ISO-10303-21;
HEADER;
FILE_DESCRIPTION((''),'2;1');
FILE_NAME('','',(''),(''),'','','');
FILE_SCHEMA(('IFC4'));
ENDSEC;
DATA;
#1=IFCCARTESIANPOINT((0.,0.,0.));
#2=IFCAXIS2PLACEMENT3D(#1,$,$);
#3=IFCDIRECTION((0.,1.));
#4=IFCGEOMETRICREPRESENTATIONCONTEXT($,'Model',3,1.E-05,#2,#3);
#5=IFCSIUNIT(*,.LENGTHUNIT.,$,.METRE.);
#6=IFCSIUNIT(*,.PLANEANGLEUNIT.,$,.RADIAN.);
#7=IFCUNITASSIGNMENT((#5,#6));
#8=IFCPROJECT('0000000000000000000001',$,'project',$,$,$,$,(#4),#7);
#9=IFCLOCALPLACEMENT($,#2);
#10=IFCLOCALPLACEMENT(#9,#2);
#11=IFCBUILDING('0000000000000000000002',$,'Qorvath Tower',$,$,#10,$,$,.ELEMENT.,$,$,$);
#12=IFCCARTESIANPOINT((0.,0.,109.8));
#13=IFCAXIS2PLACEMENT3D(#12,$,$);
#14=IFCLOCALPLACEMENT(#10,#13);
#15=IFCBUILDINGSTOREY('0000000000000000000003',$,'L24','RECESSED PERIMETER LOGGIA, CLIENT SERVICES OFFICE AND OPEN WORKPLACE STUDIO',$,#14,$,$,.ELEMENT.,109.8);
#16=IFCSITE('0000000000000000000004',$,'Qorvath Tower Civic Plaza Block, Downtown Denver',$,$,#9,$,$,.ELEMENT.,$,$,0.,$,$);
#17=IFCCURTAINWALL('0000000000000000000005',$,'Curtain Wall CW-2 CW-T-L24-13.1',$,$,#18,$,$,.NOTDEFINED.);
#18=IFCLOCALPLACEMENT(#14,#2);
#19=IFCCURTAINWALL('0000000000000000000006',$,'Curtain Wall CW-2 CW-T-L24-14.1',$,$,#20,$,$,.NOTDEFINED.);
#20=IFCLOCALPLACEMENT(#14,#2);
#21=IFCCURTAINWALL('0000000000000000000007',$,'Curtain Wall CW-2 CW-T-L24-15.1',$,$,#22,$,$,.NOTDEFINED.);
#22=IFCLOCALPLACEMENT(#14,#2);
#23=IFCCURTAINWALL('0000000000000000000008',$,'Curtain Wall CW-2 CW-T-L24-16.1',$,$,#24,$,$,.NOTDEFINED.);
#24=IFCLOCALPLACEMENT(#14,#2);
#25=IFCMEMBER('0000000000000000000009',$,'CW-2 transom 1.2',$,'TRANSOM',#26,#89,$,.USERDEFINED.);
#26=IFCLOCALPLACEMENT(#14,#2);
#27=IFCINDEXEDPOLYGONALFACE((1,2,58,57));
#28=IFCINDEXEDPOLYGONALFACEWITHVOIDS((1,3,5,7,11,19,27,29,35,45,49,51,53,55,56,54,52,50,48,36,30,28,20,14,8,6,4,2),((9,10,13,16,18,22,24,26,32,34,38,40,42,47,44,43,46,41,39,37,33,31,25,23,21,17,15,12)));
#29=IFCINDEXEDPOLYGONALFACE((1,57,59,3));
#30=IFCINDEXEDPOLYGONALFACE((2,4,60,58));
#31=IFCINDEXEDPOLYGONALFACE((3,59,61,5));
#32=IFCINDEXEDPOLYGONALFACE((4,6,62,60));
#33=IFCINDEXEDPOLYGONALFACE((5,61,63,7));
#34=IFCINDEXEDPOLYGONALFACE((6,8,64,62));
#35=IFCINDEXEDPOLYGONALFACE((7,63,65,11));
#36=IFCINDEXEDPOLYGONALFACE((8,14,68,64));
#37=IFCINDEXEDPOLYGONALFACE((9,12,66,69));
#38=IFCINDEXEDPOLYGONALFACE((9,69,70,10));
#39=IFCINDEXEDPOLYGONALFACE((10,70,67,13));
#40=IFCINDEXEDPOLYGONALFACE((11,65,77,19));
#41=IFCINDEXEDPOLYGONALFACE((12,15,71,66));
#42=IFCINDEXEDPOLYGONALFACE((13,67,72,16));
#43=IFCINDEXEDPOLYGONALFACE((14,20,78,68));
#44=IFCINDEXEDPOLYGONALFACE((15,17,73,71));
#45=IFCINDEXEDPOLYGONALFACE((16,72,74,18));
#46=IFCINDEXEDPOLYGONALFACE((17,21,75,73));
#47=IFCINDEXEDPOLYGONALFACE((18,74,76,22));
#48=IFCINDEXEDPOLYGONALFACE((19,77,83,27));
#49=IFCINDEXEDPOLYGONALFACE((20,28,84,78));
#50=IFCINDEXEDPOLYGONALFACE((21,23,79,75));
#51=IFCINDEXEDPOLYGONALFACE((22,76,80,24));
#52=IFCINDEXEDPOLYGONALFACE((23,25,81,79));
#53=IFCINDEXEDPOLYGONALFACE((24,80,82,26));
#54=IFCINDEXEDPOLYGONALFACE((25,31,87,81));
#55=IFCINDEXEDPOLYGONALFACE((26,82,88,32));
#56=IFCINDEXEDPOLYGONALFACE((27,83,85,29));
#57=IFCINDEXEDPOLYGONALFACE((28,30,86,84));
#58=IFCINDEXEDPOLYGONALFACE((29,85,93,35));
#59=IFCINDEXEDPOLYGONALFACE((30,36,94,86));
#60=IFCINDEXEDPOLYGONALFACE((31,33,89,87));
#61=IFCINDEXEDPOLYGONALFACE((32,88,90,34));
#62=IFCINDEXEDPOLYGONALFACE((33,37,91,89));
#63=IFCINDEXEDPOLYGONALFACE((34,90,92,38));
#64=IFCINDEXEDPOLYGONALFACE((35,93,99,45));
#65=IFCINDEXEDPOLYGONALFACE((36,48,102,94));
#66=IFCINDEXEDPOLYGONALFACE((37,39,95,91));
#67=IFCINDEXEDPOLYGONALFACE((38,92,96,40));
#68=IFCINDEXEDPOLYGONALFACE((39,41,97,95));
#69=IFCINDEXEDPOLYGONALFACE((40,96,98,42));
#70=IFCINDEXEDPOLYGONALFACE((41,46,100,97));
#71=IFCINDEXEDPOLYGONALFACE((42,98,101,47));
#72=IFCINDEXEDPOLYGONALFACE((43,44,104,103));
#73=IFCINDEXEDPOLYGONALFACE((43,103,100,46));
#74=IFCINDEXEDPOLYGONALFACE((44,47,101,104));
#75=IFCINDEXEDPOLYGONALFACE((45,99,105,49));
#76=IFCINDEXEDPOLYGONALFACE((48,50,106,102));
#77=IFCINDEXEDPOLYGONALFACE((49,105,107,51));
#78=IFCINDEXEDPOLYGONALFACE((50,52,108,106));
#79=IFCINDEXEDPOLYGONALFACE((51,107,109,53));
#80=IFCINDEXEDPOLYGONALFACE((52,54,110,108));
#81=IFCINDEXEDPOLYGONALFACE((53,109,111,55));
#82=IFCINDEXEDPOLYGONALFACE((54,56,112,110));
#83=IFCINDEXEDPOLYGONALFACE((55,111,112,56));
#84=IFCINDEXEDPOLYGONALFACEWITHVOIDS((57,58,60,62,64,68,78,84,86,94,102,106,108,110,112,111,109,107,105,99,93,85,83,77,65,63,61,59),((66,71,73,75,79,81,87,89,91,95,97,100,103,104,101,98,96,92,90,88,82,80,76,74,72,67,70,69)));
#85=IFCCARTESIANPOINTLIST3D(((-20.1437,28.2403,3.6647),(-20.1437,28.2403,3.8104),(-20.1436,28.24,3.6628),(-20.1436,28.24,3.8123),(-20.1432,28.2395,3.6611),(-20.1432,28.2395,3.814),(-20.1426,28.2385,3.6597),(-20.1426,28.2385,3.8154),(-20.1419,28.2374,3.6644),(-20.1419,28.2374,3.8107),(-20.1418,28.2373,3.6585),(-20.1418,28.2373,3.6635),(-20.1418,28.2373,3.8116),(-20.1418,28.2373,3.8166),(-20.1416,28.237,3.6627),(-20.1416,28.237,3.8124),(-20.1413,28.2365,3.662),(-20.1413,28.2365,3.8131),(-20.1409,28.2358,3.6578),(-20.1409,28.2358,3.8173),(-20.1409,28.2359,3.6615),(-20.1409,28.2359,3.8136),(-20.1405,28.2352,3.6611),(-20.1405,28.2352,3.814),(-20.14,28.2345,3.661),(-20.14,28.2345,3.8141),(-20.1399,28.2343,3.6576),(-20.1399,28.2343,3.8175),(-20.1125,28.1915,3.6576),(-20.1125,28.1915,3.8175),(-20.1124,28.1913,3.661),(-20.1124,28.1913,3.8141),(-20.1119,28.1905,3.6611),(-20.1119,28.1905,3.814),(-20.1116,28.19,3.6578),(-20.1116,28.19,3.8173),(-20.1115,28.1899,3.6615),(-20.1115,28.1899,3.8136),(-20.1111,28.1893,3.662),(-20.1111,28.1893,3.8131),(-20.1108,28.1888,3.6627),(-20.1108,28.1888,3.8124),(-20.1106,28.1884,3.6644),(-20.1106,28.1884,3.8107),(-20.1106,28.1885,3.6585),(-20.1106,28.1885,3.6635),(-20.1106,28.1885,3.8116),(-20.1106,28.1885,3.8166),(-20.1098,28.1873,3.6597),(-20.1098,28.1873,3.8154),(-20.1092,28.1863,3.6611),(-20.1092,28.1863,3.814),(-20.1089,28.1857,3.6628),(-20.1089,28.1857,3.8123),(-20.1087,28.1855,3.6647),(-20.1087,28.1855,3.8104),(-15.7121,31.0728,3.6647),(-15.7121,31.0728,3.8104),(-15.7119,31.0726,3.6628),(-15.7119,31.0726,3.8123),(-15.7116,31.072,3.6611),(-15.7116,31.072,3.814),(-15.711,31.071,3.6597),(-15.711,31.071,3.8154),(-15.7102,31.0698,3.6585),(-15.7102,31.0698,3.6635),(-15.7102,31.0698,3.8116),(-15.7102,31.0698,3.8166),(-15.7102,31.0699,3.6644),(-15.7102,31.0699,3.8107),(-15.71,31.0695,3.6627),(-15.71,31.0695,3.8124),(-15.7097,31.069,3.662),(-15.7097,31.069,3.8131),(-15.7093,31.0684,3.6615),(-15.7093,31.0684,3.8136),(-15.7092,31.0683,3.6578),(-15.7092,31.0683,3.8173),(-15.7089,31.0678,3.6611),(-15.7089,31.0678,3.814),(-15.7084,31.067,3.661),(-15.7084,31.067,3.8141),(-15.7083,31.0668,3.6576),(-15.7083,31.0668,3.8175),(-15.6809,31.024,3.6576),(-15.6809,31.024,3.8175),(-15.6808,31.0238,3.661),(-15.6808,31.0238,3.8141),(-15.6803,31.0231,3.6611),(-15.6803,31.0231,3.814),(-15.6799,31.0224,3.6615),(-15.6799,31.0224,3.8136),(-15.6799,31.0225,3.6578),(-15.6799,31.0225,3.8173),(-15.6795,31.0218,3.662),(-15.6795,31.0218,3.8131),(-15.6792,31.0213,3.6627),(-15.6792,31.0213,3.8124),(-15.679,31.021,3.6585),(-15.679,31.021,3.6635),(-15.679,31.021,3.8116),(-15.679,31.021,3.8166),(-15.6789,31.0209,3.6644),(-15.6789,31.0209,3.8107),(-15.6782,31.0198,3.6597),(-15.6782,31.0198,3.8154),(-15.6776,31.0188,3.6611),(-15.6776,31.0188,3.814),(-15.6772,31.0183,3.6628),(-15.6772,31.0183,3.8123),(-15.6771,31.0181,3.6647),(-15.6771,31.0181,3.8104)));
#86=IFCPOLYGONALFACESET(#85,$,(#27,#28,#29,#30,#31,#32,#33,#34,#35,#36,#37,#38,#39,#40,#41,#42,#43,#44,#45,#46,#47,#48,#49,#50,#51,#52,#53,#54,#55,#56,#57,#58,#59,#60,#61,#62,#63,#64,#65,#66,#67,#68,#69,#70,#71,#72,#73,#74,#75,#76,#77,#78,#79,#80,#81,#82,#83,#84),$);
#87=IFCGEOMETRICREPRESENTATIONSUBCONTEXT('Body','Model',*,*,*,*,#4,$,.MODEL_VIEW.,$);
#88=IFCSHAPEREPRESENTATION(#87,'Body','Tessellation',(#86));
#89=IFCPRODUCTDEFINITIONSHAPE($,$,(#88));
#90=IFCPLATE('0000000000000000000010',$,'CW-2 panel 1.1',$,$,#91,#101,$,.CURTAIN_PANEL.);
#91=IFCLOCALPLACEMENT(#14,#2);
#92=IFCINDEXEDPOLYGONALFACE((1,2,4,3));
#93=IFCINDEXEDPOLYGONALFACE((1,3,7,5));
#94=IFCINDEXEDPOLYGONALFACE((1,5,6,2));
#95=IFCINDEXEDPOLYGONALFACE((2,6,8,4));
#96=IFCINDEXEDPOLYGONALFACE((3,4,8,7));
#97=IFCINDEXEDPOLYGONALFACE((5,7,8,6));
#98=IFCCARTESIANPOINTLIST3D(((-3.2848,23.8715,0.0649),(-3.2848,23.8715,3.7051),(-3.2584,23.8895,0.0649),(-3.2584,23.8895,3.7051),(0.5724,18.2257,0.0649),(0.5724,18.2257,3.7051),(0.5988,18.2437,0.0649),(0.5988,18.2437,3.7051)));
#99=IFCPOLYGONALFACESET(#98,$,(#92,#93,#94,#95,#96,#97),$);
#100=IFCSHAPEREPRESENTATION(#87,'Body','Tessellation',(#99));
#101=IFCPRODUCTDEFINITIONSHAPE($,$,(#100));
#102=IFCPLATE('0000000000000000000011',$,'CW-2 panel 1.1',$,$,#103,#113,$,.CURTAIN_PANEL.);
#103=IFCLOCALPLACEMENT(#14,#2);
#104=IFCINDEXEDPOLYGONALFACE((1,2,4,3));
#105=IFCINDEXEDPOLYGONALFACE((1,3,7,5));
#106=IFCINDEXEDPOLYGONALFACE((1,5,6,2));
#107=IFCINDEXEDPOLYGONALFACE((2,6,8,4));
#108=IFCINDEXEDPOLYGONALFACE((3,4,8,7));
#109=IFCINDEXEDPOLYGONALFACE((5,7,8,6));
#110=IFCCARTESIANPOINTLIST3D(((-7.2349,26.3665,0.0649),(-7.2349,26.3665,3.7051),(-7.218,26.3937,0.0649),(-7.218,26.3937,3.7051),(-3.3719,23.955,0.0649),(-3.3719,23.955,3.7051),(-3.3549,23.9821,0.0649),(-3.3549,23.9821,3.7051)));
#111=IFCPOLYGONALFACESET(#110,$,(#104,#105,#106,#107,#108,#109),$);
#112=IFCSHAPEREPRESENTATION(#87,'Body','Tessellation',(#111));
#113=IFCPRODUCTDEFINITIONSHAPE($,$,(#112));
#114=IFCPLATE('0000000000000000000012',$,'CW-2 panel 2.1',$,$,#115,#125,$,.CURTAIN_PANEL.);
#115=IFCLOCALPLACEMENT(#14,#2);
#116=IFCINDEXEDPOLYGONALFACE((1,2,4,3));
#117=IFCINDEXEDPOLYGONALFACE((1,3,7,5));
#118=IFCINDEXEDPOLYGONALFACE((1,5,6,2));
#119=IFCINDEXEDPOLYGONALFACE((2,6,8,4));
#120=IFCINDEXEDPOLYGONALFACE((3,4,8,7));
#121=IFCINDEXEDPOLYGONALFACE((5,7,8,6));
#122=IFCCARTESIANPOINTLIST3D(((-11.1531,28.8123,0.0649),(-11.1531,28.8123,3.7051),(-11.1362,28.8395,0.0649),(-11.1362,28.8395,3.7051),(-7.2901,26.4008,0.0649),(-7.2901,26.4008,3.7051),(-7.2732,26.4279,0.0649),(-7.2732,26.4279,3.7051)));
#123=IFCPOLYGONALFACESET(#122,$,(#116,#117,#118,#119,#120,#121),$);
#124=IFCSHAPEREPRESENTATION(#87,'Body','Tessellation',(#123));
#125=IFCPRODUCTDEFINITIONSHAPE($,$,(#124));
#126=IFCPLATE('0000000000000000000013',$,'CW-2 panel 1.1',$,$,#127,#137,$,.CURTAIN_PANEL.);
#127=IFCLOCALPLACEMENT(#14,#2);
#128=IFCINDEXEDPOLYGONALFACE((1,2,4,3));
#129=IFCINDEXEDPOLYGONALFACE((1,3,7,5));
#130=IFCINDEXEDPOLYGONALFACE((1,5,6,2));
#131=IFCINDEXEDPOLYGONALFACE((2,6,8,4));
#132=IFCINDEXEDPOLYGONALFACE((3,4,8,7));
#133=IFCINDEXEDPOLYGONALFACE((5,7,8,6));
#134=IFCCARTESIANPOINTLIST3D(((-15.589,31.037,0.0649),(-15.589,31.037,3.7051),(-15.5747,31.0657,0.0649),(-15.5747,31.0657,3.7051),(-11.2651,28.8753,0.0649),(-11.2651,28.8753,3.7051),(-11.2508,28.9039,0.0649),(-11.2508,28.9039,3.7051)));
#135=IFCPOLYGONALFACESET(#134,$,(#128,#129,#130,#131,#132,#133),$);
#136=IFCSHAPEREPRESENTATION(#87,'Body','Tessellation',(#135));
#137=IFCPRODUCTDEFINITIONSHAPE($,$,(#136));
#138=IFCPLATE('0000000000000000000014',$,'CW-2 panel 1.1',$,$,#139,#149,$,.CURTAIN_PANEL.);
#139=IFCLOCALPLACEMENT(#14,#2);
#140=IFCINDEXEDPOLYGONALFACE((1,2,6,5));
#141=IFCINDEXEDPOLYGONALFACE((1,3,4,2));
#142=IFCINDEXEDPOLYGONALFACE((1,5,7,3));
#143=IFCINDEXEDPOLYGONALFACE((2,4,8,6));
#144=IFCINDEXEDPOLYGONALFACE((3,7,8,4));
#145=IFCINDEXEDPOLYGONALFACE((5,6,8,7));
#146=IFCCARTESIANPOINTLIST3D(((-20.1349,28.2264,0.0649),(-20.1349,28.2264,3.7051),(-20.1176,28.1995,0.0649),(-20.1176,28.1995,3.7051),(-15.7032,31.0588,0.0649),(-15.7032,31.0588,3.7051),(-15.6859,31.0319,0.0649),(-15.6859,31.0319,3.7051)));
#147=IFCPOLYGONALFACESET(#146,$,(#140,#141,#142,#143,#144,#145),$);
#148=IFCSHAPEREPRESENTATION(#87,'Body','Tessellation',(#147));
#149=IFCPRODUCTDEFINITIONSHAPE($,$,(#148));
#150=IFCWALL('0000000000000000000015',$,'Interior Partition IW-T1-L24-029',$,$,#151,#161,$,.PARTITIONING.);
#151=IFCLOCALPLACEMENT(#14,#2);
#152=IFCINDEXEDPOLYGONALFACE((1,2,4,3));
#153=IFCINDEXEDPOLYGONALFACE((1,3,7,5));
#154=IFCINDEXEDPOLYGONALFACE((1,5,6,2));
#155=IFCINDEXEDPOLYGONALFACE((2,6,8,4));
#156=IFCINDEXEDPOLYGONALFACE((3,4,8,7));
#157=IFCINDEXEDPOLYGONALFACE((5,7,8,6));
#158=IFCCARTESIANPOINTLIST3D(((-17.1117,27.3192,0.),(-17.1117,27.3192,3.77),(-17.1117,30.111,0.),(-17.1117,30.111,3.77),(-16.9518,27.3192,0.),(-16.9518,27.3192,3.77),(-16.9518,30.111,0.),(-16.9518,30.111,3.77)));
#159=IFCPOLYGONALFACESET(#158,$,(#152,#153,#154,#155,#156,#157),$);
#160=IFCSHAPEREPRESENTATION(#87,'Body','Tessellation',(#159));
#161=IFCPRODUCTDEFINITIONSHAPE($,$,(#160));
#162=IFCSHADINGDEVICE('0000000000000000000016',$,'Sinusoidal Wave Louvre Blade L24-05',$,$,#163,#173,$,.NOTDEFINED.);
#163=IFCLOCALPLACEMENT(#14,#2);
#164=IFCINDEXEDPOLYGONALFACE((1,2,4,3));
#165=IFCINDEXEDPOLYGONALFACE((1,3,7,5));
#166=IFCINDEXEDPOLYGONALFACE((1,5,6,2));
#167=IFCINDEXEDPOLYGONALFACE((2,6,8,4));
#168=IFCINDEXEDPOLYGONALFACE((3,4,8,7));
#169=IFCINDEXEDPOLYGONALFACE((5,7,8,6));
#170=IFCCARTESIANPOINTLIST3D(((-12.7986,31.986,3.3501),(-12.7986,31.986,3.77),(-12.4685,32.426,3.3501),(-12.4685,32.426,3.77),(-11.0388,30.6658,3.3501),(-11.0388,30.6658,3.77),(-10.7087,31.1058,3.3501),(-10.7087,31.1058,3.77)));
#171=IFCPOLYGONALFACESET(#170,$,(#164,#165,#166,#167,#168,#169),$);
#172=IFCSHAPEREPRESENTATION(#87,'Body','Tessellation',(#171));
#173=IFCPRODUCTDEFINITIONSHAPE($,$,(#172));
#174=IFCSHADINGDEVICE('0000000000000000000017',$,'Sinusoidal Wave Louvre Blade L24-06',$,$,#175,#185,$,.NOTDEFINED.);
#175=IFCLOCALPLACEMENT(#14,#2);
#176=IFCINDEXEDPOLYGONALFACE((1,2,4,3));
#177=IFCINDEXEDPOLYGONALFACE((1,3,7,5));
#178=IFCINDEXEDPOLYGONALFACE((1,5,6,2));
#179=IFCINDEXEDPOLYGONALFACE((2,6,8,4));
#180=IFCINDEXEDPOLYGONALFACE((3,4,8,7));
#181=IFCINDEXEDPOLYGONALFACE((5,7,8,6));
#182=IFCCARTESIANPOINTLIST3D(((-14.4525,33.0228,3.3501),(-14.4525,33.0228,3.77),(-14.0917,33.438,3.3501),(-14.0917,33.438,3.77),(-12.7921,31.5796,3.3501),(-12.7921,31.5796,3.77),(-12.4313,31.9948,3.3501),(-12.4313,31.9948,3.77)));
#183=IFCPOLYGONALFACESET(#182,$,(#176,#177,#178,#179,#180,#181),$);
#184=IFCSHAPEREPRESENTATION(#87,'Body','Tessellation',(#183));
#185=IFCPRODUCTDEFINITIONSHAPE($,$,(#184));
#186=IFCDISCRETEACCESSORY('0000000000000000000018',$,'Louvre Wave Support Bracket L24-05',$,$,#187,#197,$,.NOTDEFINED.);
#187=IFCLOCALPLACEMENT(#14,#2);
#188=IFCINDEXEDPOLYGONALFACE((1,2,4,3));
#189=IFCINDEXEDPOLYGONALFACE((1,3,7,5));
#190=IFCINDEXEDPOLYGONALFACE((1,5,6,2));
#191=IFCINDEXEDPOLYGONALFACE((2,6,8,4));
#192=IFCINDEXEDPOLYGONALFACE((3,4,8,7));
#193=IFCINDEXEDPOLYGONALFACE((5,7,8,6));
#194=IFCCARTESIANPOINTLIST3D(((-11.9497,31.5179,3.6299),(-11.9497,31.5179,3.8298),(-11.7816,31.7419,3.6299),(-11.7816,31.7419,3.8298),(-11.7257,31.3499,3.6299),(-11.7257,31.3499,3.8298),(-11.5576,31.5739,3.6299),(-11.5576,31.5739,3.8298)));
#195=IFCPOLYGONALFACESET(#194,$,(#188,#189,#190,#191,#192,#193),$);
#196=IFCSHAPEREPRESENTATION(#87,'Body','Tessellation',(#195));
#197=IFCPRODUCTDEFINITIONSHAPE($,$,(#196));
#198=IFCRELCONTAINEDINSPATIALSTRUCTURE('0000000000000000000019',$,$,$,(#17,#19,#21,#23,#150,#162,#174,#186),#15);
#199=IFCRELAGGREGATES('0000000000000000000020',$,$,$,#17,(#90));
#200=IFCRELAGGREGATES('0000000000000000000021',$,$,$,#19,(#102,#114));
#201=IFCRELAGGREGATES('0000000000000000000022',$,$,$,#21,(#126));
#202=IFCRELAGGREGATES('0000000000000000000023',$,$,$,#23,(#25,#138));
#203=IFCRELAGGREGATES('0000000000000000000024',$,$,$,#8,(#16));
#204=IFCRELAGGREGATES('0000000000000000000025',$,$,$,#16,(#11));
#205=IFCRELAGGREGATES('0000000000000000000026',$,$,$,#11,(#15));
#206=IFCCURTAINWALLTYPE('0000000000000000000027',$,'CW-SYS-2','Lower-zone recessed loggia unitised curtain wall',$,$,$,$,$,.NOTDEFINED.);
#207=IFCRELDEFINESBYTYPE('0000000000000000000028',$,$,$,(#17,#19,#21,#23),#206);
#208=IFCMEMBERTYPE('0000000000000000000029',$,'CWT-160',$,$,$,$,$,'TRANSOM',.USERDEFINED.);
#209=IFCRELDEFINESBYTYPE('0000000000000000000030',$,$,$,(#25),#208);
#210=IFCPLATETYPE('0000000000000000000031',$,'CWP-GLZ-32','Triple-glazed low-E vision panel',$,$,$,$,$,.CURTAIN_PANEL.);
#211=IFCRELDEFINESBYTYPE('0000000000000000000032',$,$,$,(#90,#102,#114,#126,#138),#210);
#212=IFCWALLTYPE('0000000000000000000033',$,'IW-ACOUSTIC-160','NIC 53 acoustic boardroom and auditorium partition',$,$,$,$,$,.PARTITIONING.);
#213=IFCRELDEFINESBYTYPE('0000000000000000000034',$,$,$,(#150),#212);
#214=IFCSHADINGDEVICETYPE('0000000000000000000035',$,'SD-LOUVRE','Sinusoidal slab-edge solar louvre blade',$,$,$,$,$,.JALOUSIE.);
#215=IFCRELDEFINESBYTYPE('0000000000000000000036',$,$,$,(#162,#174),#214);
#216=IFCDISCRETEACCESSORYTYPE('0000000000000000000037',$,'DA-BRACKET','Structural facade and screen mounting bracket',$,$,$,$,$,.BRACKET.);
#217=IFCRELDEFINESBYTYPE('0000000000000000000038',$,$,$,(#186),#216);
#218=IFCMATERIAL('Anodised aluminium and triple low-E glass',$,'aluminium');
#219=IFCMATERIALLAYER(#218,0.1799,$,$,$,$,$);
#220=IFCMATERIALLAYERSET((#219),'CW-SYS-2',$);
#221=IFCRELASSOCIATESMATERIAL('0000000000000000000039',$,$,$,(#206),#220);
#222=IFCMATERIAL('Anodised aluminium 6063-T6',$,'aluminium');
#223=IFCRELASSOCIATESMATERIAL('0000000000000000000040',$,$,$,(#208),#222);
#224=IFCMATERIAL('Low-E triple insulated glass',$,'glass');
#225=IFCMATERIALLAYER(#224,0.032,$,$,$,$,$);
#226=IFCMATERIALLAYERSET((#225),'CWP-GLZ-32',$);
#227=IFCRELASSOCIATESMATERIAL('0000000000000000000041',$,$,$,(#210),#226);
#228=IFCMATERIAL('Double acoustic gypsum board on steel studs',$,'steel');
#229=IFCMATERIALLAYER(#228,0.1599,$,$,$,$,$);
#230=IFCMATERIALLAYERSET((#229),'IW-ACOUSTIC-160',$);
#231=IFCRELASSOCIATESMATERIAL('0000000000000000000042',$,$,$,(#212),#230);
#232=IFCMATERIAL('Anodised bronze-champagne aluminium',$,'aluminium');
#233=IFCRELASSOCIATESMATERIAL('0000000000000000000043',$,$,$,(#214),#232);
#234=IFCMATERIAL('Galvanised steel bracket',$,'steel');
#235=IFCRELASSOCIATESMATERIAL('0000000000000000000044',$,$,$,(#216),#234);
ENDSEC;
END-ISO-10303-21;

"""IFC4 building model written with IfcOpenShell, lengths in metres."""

from ifc_helpers import new_model, si_unit, direction, frame, frame_2d, origin, origin_2d, place, context, subcontext, project, spatial, rectangle, hollow_rectangle, extrude, material, layer, layer_set, material_profile, profile_set, type_object, element, aggregate, save


model = new_model("IFC4")

# Units and contexts
model_context = context("Model", 3, precision=1e-05, world=origin(), true_north=direction((0.0, 1.0)))
body_context = subcontext(model_context, "Body", "Model", "MODEL_VIEW")
ifc_project = project(units=[si_unit("LENGTHUNIT", "METRE"), si_unit("PLANEANGLEUNIT", "RADIAN")], contexts=[model_context])

# Site, building, storey
site_placement = place(None, origin())
site = spatial("IfcSite", under=ifc_project, at=site_placement, Name="Qorvath Tower Civic Plaza Block, Downtown Denver", CompositionType="ELEMENT", RefElevation=0.0)
building_placement = place(site_placement, origin())
building = spatial("IfcBuilding", under=site, at=building_placement, Name="Qorvath Tower", CompositionType="ELEMENT")
storey_placement = place(building_placement, frame((0.0, 0.0, 109.8)))
storey = spatial("IfcBuildingStorey", under=building, at=storey_placement, Name="L24", Description="RECESSED PERIMETER LOGGIA, CLIENT SERVICES OFFICE AND OPEN WORKPLACE STUDIO", CompositionType="ELEMENT", Elevation=109.8)

# Curtain wall
ifc_material_1 = material(Name="Anodised aluminium and triple low-E glass", Category="aluminium")
ifc_layer_1 = layer(ifc_material_1, 0.1799)
ifc_layer_set_1 = layer_set([ifc_layer_1], Name="CW-SYS-2")
curtain_wall_type = type_object("IfcCurtainWallType", Name="CW-SYS-2", Description="Lower-zone recessed loggia unitised curtain wall", PredefinedType="NOTDEFINED", material=ifc_layer_set_1)
curtain_wall_1_placement = place(storey_placement, origin())
curtain_wall_1 = element("IfcCurtainWall", 1, at=curtain_wall_1_placement, inside=storey, type_object=curtain_wall_type, Name="Curtain Wall CW-2 CW-T-L24-13.1", PredefinedType="NOTDEFINED")

# Curtain walls
curtain_wall_2_placement = place(storey_placement, origin())
curtain_wall_2 = element("IfcCurtainWall", 2, at=curtain_wall_2_placement, inside=storey, type_object=curtain_wall_type, Name="Curtain Wall CW-2 CW-T-L24-14.1", PredefinedType="NOTDEFINED")
curtain_wall_3_placement = place(storey_placement, origin())
curtain_wall_3 = element("IfcCurtainWall", 3, at=curtain_wall_3_placement, inside=storey, type_object=curtain_wall_type, Name="Curtain Wall CW-2 CW-T-L24-15.1", PredefinedType="NOTDEFINED")

# Curtain wall
curtain_wall_4_placement = place(storey_placement, origin())
curtain_wall_4 = element("IfcCurtainWall", 4, at=curtain_wall_4_placement, inside=storey, type_object=curtain_wall_type, Name="Curtain Wall CW-2 CW-T-L24-16.1", PredefinedType="NOTDEFINED")

# Member
ifc_material_2 = material(Name="Anodised aluminium 6063-T6", Category="aluminium")
ifc_material_profile_1 = material_profile(ifc_material_2, hollow_rectangle(XDim=0.0649, YDim=0.1599, WallThickness=0.0034, InnerFilletRadius=0.0034, OuterFilletRadius=0.0071, at=origin_2d()), Name="CWT 160x65")
ifc_profile_set_1 = profile_set([ifc_material_profile_1], Name="Anodised aluminium 6063-T6")
member_type_1 = type_object("IfcMemberType", Name="CWT-160", ElementType="TRANSOM", PredefinedType="USERDEFINED", material=ifc_profile_set_1)
member_1_placement = place(storey_placement, frame((-15.6946, 31.0454, 3.7375), z_axis=(-0.842593, -0.53855, 0.0), x_axis=(0.53855, -0.842593, 0.0)))
member_1 = element("IfcMember", 5, at=member_1_placement, type_object=member_type_1, Name="CW-2 transom 1.2", ObjectType="TRANSOM", PredefinedType="USERDEFINED", context=body_context, shape_type="SweptSolid", body=[
    extrude(hollow_rectangle(XDim=0.0649, YDim=0.1599, WallThickness=0.0034, InnerFilletRadius=0.0034, OuterFilletRadius=0.0071, at=origin_2d()), origin(), (0.0, 0.0, 1.0), 5.2595),
])

# Plates
ifc_material_3 = material(Name="Low-E triple insulated glass", Category="glass")
ifc_layer_2 = layer(ifc_material_3, 0.032)
ifc_layer_set_2 = layer_set([ifc_layer_2], Name="CWP-GLZ-32")
plate_type = type_object("IfcPlateType", Name="CWP-GLZ-32", Description="Triple-glazed low-E vision panel", PredefinedType="CURTAIN_PANEL", material=ifc_layer_set_2)
plate_1_placement = place(storey_placement, frame((-1.343, 21.0576, 0.0649), z_axis=(0.0, 0.0, 1.0), x_axis=(-0.564117, 0.825695, 0.0)))
plate_1 = element("IfcPlate", 6, at=plate_1_placement, type_object=plate_type, Name="CW-2 panel 1.1", PredefinedType="CURTAIN_PANEL", context=body_context, shape_type="SweptSolid", body=[
    extrude(rectangle(XDim=6.8376, YDim=0.032, at=origin_2d()), origin(), (0.0, 0.0, 1.0), 3.6401),
])
aggregate(curtain_wall_1, [plate_1])
plate_2_placement = place(storey_placement, frame((-5.2949, 25.1743, 0.0649), z_axis=(0.0, 0.0, 1.0), x_axis=(-0.84828, 0.529549, 0.0)))
plate_2 = element("IfcPlate", 7, at=plate_2_placement, type_object=plate_type, Name="CW-2 panel 1.1", PredefinedType="CURTAIN_PANEL", context=body_context, shape_type="SweptSolid", body=[
    extrude(rectangle(XDim=4.554, YDim=0.032, at=origin_2d()), origin(), (0.0, 0.0, 1.0), 3.6401),
])
plate_3_placement = place(storey_placement, frame((-9.2131, 27.6201, 0.0649), z_axis=(0.0, 0.0, 1.0), x_axis=(-0.84828, 0.529549, 0.0)))
plate_3 = element("IfcPlate", 8, at=plate_3_placement, type_object=plate_type, Name="CW-2 panel 2.1", PredefinedType="CURTAIN_PANEL", context=body_context, shape_type="SweptSolid", body=[
    extrude(rectangle(XDim=4.554, YDim=0.032, at=origin_2d()), origin(), (0.0, 0.0, 1.0), 3.6401),
])
aggregate(curtain_wall_2, [plate_2, plate_3])
plate_4_placement = place(storey_placement, frame((-13.4199, 29.9705, 0.0649), z_axis=(0.0, 0.0, 1.0), x_axis=(-0.894443, 0.447181, 0.0)))
plate_4 = element("IfcPlate", 9, at=plate_4_placement, type_object=plate_type, Name="CW-2 panel 1.1", PredefinedType="CURTAIN_PANEL", context=body_context, shape_type="SweptSolid", body=[
    extrude(rectangle(XDim=4.8342, YDim=0.032, at=origin_2d()), origin(), (0.0, 0.0, 1.0), 3.6401),
])
aggregate(curtain_wall_3, [plate_4])
plate_5_placement = place(storey_placement, frame((-17.9104, 29.6292, 0.0649), z_axis=(0.0, 0.0, 1.0), x_axis=(-0.842604, -0.538533, 0.0)))
plate_5 = element("IfcPlate", 10, at=plate_5_placement, type_object=plate_type, Name="CW-2 panel 1.1", PredefinedType="CURTAIN_PANEL", context=body_context, shape_type="SweptSolid", body=[
    extrude(rectangle(XDim=5.2595, YDim=0.032, at=origin_2d()), origin(), (0.0, 0.0, 1.0), 3.6401),
])
aggregate(curtain_wall_4, [member_1, plate_5])

# Wall
ifc_material_4 = material(Name="Double acoustic gypsum board on steel studs", Category="steel")
ifc_layer_3 = layer(ifc_material_4, 0.1599)
ifc_layer_set_3 = layer_set([ifc_layer_3], Name="IW-ACOUSTIC-160")
wall_type = type_object("IfcWallType", Name="IW-ACOUSTIC-160", Description="NIC 53 acoustic boardroom and auditorium partition", PredefinedType="PARTITIONING", material=ifc_layer_set_3)
wall_placement = place(storey_placement, frame((-17.0317, 27.3191, 0.0), z_axis=(0.0, 0.0, 1.0), x_axis=(0.0, 1.0, 0.0)))
element("IfcWall", 11, at=wall_placement, inside=storey, type_object=wall_type, Name="Interior Partition IW-T1-L24-029", PredefinedType="PARTITIONING", context=body_context, shape_type="SweptSolid", body=[
    extrude(rectangle(XDim=2.7917, YDim=0.1599, at=frame_2d((1.396, 0.0))), origin(), (0.0, 0.0, 1.0), 3.77),
])

# Shading devices
ifc_material_5 = material(Name="Anodised bronze-champagne aluminium", Category="aluminium")
shading_device_type = type_object("IfcShadingDeviceType", Name="SD-LOUVRE", Description="Sinusoidal slab-edge solar louvre blade", PredefinedType="JALOUSIE", material=ifc_material_5)
for number, where, z_axis, x_axis, name in (
    (12, (-11.7537, 31.5459, 3.3501), (0.0, 0.0, 1.0), (-0.799903, 0.60013, 0.0), "Sinusoidal Wave Louvre Blade L24-05"),
    (13, (-13.4419, 32.5088, 3.3501), (0.0, 0.0, 1.0), (-0.754749, 0.656014, 0.0), "Sinusoidal Wave Louvre Blade L24-06"),
):
    element("IfcShadingDevice", number, at=place(storey_placement, frame(where, z_axis=z_axis, x_axis=x_axis)), inside=storey, type_object=shading_device_type, Name=name, PredefinedType="NOTDEFINED", context=body_context, shape_type="SweptSolid", body=[
        extrude(rectangle(XDim=2.2, YDim=0.55, at=origin_2d()), origin(), (0.0, 0.0, 1.0), 0.4199),
    ])

# Discrete accessory
ifc_material_6 = material(Name="Galvanised steel bracket", Category="steel")
discrete_accessory_type = type_object("IfcDiscreteAccessoryType", Name="DA-BRACKET", Description="Structural facade and screen mounting bracket", PredefinedType="BRACKET", material=ifc_material_6)
for number, where, z_axis, x_axis, name in (
    (14, (-11.7537, 31.5459, 3.6299), (0.0, 0.0, 1.0), (-0.799903, 0.60013, 0.0), "Louvre Wave Support Bracket L24-05"),
):
    element("IfcDiscreteAccessory", number, at=place(storey_placement, frame(where, z_axis=z_axis, x_axis=x_axis)), inside=storey, type_object=discrete_accessory_type, Name=name, PredefinedType="NOTDEFINED", context=body_context, shape_type="SweptSolid", body=[
        extrude(rectangle(XDim=0.28, YDim=0.28, at=origin_2d()), origin(), (0.0, 0.0, 1.0), 0.2),
    ])

save(model, "model.ifc")
